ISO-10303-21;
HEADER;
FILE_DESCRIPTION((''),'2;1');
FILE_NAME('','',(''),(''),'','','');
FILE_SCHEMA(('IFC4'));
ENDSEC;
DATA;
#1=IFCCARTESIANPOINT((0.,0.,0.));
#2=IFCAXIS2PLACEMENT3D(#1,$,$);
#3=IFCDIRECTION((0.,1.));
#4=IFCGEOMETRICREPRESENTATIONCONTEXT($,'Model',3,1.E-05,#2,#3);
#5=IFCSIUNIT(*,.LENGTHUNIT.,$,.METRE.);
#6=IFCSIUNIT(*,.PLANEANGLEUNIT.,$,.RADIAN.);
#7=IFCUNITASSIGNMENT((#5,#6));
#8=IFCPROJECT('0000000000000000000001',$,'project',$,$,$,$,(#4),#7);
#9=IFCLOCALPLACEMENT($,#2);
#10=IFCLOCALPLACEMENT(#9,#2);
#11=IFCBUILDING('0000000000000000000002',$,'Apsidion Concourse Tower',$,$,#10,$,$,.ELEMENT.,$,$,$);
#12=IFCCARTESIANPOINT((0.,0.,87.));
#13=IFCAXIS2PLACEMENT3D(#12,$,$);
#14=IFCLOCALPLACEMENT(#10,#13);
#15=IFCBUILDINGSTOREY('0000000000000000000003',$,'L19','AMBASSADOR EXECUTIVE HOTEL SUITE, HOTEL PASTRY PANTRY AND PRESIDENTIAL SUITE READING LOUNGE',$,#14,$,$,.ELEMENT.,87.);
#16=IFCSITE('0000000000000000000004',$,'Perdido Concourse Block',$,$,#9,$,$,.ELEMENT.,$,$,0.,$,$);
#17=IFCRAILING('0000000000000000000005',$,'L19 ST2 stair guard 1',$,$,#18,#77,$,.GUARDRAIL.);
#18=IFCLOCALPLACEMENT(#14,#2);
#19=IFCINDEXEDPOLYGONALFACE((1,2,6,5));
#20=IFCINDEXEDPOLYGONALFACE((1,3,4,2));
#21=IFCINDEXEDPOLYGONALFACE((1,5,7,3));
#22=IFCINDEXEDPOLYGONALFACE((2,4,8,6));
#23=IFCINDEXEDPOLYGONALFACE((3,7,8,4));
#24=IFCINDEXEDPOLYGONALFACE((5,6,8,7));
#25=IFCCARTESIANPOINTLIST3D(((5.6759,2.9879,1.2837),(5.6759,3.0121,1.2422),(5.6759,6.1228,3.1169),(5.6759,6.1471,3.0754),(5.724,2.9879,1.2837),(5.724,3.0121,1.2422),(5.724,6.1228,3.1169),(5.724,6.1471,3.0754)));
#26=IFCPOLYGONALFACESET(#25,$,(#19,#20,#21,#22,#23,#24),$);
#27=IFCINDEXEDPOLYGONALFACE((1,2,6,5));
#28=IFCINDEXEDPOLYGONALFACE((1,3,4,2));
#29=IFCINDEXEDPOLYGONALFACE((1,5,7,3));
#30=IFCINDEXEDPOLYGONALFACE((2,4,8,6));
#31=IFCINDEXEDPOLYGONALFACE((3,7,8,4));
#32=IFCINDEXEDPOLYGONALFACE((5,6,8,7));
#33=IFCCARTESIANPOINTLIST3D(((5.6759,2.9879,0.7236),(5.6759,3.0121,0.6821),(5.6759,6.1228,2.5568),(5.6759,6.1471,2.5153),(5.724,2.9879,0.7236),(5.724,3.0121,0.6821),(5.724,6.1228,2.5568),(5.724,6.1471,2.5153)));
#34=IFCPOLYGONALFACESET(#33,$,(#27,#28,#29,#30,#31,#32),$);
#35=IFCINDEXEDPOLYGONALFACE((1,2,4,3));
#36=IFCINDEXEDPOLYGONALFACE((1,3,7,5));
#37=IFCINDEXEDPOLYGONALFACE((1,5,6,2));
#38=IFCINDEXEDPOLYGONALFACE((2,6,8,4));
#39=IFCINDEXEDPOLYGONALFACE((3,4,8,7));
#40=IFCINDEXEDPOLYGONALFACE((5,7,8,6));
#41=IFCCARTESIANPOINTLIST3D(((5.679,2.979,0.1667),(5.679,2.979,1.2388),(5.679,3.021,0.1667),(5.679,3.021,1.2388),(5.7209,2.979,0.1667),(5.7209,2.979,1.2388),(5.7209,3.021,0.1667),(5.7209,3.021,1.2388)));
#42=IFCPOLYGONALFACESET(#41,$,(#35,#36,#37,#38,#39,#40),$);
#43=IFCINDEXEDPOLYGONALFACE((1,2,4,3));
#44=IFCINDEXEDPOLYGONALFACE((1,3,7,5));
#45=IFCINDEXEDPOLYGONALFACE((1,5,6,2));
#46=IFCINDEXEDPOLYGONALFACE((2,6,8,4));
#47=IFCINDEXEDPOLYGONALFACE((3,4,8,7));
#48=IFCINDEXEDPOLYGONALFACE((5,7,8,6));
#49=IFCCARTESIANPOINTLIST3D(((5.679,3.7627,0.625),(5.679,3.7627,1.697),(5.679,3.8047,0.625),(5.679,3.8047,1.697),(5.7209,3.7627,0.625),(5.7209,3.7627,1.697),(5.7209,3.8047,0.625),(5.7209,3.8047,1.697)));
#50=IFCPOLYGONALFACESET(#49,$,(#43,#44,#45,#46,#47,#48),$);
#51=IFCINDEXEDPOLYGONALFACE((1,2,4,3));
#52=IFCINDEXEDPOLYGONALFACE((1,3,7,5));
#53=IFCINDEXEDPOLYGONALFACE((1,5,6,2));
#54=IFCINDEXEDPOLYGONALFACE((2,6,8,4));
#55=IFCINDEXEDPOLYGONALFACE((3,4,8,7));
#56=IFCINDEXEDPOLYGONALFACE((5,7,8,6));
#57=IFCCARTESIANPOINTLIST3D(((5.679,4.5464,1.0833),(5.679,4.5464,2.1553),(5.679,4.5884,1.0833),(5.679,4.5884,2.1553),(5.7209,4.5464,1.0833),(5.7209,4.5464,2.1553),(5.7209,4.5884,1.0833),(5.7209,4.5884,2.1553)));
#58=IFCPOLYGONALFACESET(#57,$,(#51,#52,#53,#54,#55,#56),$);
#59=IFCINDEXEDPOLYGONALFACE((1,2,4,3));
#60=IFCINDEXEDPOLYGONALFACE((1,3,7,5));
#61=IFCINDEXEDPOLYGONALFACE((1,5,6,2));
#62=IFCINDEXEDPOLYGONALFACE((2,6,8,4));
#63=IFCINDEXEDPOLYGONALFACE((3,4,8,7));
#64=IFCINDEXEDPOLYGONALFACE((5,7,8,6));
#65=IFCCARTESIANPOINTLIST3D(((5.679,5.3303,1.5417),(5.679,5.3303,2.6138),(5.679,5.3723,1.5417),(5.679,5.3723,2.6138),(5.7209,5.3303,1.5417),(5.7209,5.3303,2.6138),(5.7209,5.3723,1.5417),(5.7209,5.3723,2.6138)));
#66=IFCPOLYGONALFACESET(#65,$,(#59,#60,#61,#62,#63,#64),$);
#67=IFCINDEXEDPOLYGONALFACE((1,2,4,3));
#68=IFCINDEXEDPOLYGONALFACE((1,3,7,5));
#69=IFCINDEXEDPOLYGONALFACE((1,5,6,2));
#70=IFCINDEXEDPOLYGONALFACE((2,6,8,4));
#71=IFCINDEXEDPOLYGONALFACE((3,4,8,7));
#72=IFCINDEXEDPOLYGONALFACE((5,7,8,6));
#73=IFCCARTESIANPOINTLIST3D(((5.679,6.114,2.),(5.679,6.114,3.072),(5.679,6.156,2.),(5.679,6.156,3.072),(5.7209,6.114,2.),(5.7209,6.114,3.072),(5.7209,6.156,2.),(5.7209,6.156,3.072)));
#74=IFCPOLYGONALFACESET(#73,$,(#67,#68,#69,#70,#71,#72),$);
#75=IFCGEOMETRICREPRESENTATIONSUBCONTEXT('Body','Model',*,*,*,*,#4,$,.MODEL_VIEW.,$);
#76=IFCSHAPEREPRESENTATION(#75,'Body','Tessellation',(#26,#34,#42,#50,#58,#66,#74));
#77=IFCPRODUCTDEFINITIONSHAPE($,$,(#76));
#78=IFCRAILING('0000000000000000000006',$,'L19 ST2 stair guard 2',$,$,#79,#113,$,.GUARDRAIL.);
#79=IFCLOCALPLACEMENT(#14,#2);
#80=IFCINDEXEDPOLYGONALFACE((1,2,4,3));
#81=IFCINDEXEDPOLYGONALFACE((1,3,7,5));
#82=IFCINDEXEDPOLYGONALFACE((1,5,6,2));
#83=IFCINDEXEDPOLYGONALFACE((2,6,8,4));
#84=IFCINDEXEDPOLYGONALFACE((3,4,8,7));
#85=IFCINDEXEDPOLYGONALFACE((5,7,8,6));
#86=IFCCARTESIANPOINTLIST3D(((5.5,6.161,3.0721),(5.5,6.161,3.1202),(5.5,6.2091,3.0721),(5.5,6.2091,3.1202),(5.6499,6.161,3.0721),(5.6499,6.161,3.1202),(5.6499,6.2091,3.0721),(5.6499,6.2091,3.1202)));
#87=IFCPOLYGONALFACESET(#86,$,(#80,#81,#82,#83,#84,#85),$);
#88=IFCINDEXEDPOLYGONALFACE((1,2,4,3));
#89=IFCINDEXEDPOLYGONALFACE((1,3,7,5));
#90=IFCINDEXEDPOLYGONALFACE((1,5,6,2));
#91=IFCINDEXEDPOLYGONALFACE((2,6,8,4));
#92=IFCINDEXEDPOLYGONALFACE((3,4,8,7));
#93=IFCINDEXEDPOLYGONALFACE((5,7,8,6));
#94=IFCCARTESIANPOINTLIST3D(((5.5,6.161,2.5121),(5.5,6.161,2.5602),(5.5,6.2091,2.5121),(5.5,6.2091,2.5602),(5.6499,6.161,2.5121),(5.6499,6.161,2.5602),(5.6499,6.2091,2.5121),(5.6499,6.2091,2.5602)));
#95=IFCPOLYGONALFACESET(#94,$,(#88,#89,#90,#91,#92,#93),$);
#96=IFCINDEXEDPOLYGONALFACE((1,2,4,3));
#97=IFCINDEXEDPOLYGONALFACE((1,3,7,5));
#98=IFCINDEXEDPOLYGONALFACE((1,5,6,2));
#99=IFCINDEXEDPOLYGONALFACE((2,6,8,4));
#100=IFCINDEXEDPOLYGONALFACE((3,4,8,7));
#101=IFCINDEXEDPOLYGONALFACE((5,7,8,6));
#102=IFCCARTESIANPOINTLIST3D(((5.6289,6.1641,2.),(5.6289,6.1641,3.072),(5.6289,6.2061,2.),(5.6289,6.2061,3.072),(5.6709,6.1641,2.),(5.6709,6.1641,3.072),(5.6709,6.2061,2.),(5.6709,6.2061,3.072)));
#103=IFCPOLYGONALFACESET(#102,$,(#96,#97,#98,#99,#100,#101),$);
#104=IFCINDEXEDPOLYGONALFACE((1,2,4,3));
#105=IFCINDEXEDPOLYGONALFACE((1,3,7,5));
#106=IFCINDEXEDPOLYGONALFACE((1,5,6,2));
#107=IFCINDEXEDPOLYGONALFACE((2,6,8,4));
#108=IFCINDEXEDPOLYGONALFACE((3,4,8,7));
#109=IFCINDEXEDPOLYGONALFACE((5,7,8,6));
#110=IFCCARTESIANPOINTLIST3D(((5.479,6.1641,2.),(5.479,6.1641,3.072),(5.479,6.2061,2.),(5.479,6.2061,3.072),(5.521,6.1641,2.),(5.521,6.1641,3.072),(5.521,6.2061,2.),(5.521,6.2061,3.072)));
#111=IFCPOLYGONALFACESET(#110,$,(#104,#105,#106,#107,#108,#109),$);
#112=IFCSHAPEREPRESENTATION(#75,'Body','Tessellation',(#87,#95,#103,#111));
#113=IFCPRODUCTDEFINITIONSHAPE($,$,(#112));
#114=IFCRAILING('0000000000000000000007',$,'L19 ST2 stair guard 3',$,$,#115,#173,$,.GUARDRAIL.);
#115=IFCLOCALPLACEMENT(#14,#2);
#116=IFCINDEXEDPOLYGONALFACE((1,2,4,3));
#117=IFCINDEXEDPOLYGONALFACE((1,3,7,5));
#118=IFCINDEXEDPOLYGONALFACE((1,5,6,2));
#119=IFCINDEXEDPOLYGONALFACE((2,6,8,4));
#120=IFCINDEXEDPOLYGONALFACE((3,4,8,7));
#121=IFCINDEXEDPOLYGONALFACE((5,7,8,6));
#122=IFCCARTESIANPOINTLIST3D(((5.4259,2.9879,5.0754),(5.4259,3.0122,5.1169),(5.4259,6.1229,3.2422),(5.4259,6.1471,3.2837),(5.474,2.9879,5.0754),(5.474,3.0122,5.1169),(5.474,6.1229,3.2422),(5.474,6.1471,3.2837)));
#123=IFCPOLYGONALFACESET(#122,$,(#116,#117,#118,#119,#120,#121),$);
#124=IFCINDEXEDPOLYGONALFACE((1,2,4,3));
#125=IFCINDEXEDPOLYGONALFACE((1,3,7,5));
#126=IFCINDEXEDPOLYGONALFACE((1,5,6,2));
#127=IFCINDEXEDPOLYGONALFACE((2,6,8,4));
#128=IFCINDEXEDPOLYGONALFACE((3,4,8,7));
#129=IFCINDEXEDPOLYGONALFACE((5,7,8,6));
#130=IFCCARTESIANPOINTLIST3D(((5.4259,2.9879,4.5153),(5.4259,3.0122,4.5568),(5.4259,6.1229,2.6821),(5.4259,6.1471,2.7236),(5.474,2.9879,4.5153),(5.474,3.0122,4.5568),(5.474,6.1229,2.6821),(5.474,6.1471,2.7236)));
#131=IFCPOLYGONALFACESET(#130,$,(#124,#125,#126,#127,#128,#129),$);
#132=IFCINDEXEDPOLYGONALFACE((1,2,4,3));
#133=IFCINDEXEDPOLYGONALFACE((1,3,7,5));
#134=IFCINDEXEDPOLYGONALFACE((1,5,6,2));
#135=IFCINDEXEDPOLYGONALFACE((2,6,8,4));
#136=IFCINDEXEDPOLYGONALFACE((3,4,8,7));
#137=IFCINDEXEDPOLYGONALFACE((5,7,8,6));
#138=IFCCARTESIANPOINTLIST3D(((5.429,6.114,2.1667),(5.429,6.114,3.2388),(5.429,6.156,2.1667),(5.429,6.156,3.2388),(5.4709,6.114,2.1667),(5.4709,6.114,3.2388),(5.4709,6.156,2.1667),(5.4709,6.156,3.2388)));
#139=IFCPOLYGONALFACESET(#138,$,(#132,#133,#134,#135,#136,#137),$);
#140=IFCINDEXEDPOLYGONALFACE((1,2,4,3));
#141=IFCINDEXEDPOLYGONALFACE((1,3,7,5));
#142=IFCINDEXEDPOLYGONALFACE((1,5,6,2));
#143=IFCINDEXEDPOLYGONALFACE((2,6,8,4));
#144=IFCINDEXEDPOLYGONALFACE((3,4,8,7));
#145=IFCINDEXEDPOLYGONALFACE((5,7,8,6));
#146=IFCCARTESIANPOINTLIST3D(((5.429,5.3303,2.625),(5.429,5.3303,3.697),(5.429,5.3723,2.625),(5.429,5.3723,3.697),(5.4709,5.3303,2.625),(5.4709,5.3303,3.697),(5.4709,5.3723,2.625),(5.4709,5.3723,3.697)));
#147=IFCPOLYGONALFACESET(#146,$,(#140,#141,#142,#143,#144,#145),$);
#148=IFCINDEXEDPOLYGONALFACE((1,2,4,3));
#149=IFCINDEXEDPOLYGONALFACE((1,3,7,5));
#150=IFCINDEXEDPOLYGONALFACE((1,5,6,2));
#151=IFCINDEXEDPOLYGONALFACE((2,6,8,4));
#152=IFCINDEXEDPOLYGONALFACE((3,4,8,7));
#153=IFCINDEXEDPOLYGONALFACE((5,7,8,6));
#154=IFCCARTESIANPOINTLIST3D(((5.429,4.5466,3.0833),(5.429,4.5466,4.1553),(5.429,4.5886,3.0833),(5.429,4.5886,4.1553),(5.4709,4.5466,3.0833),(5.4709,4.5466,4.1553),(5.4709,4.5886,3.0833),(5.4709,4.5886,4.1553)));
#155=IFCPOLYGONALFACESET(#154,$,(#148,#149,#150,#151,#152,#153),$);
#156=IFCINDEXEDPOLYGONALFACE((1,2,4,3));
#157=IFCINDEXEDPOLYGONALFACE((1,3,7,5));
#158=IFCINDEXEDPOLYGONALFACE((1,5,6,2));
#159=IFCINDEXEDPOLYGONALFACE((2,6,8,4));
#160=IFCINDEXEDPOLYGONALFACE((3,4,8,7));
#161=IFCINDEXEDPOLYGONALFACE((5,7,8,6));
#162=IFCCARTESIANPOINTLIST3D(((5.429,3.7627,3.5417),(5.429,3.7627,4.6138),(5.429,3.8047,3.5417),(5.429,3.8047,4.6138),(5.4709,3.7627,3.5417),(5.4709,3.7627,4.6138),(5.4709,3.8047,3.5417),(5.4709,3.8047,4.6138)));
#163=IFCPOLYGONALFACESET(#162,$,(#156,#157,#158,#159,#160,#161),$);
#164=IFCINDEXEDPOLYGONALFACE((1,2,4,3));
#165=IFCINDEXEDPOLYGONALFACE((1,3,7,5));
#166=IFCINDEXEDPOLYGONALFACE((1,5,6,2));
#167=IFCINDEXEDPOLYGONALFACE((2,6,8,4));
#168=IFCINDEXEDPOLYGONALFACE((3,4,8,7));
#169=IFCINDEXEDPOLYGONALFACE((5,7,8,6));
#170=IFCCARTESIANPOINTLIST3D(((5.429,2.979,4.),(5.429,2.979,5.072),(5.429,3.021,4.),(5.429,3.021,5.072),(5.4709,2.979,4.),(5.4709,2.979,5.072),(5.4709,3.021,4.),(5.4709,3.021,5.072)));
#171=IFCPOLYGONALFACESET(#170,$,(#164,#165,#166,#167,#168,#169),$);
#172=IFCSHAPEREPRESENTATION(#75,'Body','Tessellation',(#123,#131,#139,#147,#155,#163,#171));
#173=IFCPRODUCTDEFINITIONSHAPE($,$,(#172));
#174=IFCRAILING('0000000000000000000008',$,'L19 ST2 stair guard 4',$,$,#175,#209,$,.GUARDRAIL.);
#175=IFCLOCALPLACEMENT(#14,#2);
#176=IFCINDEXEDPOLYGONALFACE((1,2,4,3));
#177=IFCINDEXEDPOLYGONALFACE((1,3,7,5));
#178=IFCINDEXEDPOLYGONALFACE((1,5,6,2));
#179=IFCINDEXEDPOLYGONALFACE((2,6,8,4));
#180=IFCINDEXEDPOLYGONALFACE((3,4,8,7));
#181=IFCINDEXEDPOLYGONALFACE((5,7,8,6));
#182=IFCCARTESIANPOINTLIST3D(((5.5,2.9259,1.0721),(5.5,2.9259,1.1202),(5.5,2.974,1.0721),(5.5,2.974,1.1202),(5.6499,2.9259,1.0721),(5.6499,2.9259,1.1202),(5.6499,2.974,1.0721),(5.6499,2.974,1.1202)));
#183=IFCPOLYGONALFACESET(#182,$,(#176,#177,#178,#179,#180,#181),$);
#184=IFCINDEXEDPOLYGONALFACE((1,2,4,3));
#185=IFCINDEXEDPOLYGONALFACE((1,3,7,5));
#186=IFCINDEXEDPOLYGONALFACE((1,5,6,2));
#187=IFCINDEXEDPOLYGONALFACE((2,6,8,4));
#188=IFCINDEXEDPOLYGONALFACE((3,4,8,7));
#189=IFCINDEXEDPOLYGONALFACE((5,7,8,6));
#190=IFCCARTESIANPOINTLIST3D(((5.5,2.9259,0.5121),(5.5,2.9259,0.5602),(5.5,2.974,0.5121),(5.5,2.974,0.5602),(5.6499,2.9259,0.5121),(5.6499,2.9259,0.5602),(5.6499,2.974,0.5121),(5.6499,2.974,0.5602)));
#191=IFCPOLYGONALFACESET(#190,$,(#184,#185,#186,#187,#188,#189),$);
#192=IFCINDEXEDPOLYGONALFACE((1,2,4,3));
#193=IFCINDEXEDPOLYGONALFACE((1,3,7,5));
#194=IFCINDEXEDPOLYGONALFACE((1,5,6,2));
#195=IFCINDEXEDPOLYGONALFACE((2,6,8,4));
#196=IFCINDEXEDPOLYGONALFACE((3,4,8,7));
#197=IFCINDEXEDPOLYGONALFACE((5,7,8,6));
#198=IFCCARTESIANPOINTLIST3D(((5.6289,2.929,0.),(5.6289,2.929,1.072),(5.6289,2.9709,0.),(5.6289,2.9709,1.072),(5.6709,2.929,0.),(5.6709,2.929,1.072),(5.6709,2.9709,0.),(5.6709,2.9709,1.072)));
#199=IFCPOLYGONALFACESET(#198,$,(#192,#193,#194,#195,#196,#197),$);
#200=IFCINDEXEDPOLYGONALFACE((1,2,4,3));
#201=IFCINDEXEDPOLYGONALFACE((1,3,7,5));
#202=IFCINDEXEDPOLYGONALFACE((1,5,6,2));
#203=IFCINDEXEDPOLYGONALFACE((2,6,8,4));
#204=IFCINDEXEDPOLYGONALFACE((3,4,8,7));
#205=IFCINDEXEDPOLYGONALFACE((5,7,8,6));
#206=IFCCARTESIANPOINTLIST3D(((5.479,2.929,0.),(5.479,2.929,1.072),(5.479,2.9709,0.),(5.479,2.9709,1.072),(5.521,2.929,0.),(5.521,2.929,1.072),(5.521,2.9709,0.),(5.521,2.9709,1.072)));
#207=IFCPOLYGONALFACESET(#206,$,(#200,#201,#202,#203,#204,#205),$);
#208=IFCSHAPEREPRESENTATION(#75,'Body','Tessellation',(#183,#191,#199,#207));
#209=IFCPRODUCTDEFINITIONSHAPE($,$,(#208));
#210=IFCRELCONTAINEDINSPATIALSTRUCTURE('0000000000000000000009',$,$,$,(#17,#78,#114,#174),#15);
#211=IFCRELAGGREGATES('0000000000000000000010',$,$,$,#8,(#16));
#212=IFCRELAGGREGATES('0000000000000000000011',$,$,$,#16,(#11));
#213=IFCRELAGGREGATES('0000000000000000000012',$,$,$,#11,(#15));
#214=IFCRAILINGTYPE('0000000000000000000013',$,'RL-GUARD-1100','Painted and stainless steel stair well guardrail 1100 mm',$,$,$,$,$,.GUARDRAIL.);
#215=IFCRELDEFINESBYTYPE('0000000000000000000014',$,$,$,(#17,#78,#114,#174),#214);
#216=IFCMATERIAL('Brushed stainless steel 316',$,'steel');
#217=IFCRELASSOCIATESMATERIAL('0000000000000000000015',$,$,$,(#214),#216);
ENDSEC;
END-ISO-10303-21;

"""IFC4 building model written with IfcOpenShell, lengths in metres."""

from ifc_helpers import new_model, si_unit, direction, frame, origin, origin_2d, place, context, subcontext, project, spatial, rectangle, extrude, material, type_object, element, save


model = new_model("IFC4")

# Units and contexts
model_context = context("Model", 3, precision=1e-05, world=origin(), true_north=direction((0.0, 1.0)))
body_context = subcontext(model_context, "Body", "Model", "MODEL_VIEW")
ifc_project = project(units=[si_unit("LENGTHUNIT", "METRE"), si_unit("PLANEANGLEUNIT", "RADIAN")], contexts=[model_context])

# Site, building, storey
site_placement = place(None, origin())
site = spatial("IfcSite", under=ifc_project, at=site_placement, Name="Perdido Concourse Block", CompositionType="ELEMENT", RefElevation=0.0)
building_placement = place(site_placement, origin())
building = spatial("IfcBuilding", under=site, at=building_placement, Name="Apsidion Concourse Tower", CompositionType="ELEMENT")
storey_placement = place(building_placement, frame((0.0, 0.0, 87.0)))
storey = spatial("IfcBuildingStorey", under=building, at=storey_placement, Name="L19", Description="AMBASSADOR EXECUTIVE HOTEL SUITE, HOTEL PASTRY PANTRY AND PRESIDENTIAL SUITE READING LOUNGE", CompositionType="ELEMENT", Elevation=87.0)

# Railings
ifc_material_1 = material(Name="Brushed stainless steel 316", Category="steel")
railing_type_1 = type_object("IfcRailingType", Name="RL-GUARD-1100", Description="Painted and stainless steel stair well guardrail 1100 mm", PredefinedType="GUARDRAIL", material=ifc_material_1)
railing_1_placement = place(storey_placement, frame((5.7, 3.0, 0.1667)))
element("IfcRailing", 1, at=railing_1_placement, inside=storey, type_object=railing_type_1, Name="L19 ST2 stair guard 1", PredefinedType="GUARDRAIL", context=body_context, shape_type="SweptSolid", body=[
    extrude(rectangle(XDim=0.0481, YDim=0.0481, at=origin_2d()), frame((0.0, 0.0, 1.0962), z_axis=(0.0, 0.86324, 0.504794), x_axis=(-1.0, 0.0, 0.0)), (0.0, 0.0, 1.0), 3.6316),
    extrude(rectangle(XDim=0.0481, YDim=0.0481, at=origin_2d()), frame((0.0, 0.0, 0.5361), z_axis=(0.0, 0.86324, 0.504794), x_axis=(-1.0, 0.0, 0.0)), (0.0, 0.0, 1.0), 3.6316),
    extrude(rectangle(XDim=0.042, YDim=0.042, at=origin_2d()), origin(), (0.0, 0.0, 1.0), 1.072),
    extrude(rectangle(XDim=0.042, YDim=0.042, at=origin_2d()), frame((0.0, 0.7837, 0.4583)), (0.0, 0.0, 1.0), 1.072),
    extrude(rectangle(XDim=0.042, YDim=0.042, at=origin_2d()), frame((0.0, 1.5674, 0.9165)), (0.0, 0.0, 1.0), 1.072),
    extrude(rectangle(XDim=0.042, YDim=0.042, at=origin_2d()), frame((0.0, 2.3513, 1.375)), (0.0, 0.0, 1.0), 1.072),
    extrude(rectangle(XDim=0.042, YDim=0.042, at=origin_2d()), frame((0.0, 3.135, 1.8333)), (0.0, 0.0, 1.0), 1.072),
])
railing_2_placement = place(storey_placement, frame((5.6499, 6.1851, 2.0)))
element("IfcRailing", 2, at=railing_2_placement, inside=storey, type_object=railing_type_1, Name="L19 ST2 stair guard 2", PredefinedType="GUARDRAIL", context=body_context, shape_type="SweptSolid", body=[
    extrude(rectangle(XDim=0.0481, YDim=0.0481, at=origin_2d()), frame((0.0, 0.0, 1.0962), z_axis=(-1.0, 0.0, 0.0), x_axis=(0.0, -1.0, 0.0)), (0.0, 0.0, 1.0), 0.1499),
    extrude(rectangle(XDim=0.0481, YDim=0.0481, at=origin_2d()), frame((0.0, 0.0, 0.5361), z_axis=(-1.0, 0.0, 0.0), x_axis=(0.0, -1.0, 0.0)), (0.0, 0.0, 1.0), 0.1499),
    extrude(rectangle(XDim=0.042, YDim=0.042, at=origin_2d()), origin(), (0.0, 0.0, 1.0), 1.072),
    extrude(rectangle(XDim=0.042, YDim=0.042, at=origin_2d()), frame((-0.1499, 0.0, 0.0)), (0.0, 0.0, 1.0), 1.072),
])
railing_3_placement = place(storey_placement, frame((5.45, 6.135, 2.1667)))
element("IfcRailing", 3, at=railing_3_placement, inside=storey, type_object=railing_type_1, Name="L19 ST2 stair guard 3", PredefinedType="GUARDRAIL", context=body_context, shape_type="SweptSolid", body=[
    extrude(rectangle(XDim=0.0481, YDim=0.0481, at=origin_2d()), frame((0.0, 0.0, 1.0962), z_axis=(0.0, -0.86324, 0.504794), x_axis=(1.0, 0.0, 0.0)), (0.0, 0.0, 1.0), 3.6316),
    extrude(rectangle(XDim=0.0481, YDim=0.0481, at=origin_2d()), frame((0.0, 0.0, 0.5361), z_axis=(0.0, -0.86324, 0.504794), x_axis=(1.0, 0.0, 0.0)), (0.0, 0.0, 1.0), 3.6316),
    extrude(rectangle(XDim=0.042, YDim=0.042, at=origin_2d()), origin(), (0.0, 0.0, 1.0), 1.072),
    extrude(rectangle(XDim=0.042, YDim=0.042, at=origin_2d()), frame((0.0, -0.7837, 0.4583)), (0.0, 0.0, 1.0), 1.072),
    extrude(rectangle(XDim=0.042, YDim=0.042, at=origin_2d()), frame((0.0, -1.5674, 0.9165)), (0.0, 0.0, 1.0), 1.072),
    extrude(rectangle(XDim=0.042, YDim=0.042, at=origin_2d()), frame((0.0, -2.3513, 1.375)), (0.0, 0.0, 1.0), 1.072),
    extrude(rectangle(XDim=0.042, YDim=0.042, at=origin_2d()), frame((0.0, -3.135, 1.8333)), (0.0, 0.0, 1.0), 1.072),
])
railing_4_placement = place(storey_placement, frame((5.6499, 2.95, 0.0)))
element("IfcRailing", 4, at=railing_4_placement, inside=storey, type_object=railing_type_1, Name="L19 ST2 stair guard 4", PredefinedType="GUARDRAIL", context=body_context, shape_type="SweptSolid", body=[
    extrude(rectangle(XDim=0.0481, YDim=0.0481, at=origin_2d()), frame((0.0, 0.0, 1.0962), z_axis=(-1.0, 0.0, 0.0), x_axis=(0.0, -1.0, 0.0)), (0.0, 0.0, 1.0), 0.1499),
    extrude(rectangle(XDim=0.0481, YDim=0.0481, at=origin_2d()), frame((0.0, 0.0, 0.5361), z_axis=(-1.0, 0.0, 0.0), x_axis=(0.0, -1.0, 0.0)), (0.0, 0.0, 1.0), 0.1499),
    extrude(rectangle(XDim=0.042, YDim=0.042, at=origin_2d()), origin(), (0.0, 0.0, 1.0), 1.072),
    extrude(rectangle(XDim=0.042, YDim=0.042, at=origin_2d()), frame((-0.1499, 0.0, 0.0)), (0.0, 0.0, 1.0), 1.072),
])

save(model, "model.ifc")
